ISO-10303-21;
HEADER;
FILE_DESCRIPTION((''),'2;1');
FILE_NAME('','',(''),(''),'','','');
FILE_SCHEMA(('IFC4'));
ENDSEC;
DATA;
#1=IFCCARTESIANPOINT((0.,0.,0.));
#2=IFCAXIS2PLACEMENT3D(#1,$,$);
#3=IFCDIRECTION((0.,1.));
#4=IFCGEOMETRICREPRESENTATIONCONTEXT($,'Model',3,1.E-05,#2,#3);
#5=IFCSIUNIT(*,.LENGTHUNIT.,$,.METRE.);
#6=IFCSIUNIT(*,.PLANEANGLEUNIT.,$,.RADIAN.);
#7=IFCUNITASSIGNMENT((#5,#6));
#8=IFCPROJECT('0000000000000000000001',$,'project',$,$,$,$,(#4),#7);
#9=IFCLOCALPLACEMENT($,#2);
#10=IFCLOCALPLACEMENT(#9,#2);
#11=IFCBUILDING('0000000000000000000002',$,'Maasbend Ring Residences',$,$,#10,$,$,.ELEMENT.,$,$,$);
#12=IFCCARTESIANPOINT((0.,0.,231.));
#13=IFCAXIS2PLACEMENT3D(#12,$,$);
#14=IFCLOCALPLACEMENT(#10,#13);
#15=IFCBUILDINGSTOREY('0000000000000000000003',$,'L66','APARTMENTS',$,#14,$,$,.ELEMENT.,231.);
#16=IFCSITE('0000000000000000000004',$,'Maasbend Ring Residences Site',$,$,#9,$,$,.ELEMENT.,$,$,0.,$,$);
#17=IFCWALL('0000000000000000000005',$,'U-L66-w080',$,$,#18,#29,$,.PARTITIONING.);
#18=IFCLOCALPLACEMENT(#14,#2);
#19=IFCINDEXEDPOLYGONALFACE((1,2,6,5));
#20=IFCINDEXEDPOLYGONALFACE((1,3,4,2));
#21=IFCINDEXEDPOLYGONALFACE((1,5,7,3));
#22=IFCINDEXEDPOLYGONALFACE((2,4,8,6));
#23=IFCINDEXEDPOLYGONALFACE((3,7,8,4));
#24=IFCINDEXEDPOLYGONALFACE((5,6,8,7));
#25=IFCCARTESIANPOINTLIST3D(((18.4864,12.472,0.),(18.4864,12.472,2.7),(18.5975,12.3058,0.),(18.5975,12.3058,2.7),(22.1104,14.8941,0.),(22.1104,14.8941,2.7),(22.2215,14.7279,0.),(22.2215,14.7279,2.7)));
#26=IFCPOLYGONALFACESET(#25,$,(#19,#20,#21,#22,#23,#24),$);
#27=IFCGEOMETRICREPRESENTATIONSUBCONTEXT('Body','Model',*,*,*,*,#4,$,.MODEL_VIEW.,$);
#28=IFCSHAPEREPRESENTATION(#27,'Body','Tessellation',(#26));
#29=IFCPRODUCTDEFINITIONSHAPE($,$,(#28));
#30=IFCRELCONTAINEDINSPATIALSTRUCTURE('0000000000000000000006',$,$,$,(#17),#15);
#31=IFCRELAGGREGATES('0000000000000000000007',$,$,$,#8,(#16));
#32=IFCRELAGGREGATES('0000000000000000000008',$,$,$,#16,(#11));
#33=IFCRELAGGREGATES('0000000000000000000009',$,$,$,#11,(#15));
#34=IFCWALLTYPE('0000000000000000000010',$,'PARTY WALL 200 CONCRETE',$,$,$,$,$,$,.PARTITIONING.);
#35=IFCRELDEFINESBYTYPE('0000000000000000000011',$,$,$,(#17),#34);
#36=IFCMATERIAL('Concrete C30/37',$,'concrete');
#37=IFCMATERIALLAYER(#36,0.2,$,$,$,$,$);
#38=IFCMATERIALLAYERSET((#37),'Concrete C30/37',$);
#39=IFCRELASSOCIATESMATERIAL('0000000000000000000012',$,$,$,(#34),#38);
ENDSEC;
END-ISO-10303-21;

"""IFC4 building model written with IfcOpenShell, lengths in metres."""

from ifc_helpers import new_model, si_unit, direction, frame, frame_2d, origin, place, context, subcontext, project, spatial, rectangle, extrude, material, layer, layer_set, type_object, element, save


model = new_model("IFC4")

# Units and contexts
model_context = context("Model", 3, precision=1e-05, world=origin(), true_north=direction((0.0, 1.0)))
body_context = subcontext(model_context, "Body", "Model", "MODEL_VIEW")
ifc_project = project(units=[si_unit("LENGTHUNIT", "METRE"), si_unit("PLANEANGLEUNIT", "RADIAN")], contexts=[model_context])

# Site, building, storey
site_placement = place(None, origin())
site = spatial("IfcSite", under=ifc_project, at=site_placement, Name="Maasbend Ring Residences Site", CompositionType="ELEMENT", RefElevation=0.0)
building_placement = place(site_placement, origin())
building = spatial("IfcBuilding", under=site, at=building_placement, Name="Maasbend Ring Residences", CompositionType="ELEMENT")
storey_placement = place(building_placement, frame((0.0, 0.0, 231.0)))
storey = spatial("IfcBuildingStorey", under=building, at=storey_placement, Name="L66", Description="APARTMENTS", CompositionType="ELEMENT", Elevation=231.0)

# Wall
ifc_material_1 = material(Name="Concrete C30/37", Category="concrete")
ifc_layer_1 = layer(ifc_material_1, 0.2)
ifc_layer_set_1 = layer_set([ifc_layer_1], Name="Concrete C30/37")
wall_type_1 = type_object("IfcWallType", Name="PARTY WALL 200 CONCRETE", PredefinedType="PARTITIONING", material=ifc_layer_set_1)
wall_1_placement = place(storey_placement, frame((18.542, 12.3889, 0.0), z_axis=(0.0, 0.0, 1.0), x_axis=(0.831403, 0.555669, 0.0)))
element("IfcWall", 1, at=wall_1_placement, inside=storey, type_object=wall_type_1, Name="U-L66-w080", PredefinedType="PARTITIONING", context=body_context, shape_type="SweptSolid", body=[
    extrude(rectangle(XDim=4.3589, YDim=0.2, at=frame_2d((2.1794, 0.0))), origin(), (0.0, 0.0, 1.0), 2.7),
])

save(model, "model.ifc")
